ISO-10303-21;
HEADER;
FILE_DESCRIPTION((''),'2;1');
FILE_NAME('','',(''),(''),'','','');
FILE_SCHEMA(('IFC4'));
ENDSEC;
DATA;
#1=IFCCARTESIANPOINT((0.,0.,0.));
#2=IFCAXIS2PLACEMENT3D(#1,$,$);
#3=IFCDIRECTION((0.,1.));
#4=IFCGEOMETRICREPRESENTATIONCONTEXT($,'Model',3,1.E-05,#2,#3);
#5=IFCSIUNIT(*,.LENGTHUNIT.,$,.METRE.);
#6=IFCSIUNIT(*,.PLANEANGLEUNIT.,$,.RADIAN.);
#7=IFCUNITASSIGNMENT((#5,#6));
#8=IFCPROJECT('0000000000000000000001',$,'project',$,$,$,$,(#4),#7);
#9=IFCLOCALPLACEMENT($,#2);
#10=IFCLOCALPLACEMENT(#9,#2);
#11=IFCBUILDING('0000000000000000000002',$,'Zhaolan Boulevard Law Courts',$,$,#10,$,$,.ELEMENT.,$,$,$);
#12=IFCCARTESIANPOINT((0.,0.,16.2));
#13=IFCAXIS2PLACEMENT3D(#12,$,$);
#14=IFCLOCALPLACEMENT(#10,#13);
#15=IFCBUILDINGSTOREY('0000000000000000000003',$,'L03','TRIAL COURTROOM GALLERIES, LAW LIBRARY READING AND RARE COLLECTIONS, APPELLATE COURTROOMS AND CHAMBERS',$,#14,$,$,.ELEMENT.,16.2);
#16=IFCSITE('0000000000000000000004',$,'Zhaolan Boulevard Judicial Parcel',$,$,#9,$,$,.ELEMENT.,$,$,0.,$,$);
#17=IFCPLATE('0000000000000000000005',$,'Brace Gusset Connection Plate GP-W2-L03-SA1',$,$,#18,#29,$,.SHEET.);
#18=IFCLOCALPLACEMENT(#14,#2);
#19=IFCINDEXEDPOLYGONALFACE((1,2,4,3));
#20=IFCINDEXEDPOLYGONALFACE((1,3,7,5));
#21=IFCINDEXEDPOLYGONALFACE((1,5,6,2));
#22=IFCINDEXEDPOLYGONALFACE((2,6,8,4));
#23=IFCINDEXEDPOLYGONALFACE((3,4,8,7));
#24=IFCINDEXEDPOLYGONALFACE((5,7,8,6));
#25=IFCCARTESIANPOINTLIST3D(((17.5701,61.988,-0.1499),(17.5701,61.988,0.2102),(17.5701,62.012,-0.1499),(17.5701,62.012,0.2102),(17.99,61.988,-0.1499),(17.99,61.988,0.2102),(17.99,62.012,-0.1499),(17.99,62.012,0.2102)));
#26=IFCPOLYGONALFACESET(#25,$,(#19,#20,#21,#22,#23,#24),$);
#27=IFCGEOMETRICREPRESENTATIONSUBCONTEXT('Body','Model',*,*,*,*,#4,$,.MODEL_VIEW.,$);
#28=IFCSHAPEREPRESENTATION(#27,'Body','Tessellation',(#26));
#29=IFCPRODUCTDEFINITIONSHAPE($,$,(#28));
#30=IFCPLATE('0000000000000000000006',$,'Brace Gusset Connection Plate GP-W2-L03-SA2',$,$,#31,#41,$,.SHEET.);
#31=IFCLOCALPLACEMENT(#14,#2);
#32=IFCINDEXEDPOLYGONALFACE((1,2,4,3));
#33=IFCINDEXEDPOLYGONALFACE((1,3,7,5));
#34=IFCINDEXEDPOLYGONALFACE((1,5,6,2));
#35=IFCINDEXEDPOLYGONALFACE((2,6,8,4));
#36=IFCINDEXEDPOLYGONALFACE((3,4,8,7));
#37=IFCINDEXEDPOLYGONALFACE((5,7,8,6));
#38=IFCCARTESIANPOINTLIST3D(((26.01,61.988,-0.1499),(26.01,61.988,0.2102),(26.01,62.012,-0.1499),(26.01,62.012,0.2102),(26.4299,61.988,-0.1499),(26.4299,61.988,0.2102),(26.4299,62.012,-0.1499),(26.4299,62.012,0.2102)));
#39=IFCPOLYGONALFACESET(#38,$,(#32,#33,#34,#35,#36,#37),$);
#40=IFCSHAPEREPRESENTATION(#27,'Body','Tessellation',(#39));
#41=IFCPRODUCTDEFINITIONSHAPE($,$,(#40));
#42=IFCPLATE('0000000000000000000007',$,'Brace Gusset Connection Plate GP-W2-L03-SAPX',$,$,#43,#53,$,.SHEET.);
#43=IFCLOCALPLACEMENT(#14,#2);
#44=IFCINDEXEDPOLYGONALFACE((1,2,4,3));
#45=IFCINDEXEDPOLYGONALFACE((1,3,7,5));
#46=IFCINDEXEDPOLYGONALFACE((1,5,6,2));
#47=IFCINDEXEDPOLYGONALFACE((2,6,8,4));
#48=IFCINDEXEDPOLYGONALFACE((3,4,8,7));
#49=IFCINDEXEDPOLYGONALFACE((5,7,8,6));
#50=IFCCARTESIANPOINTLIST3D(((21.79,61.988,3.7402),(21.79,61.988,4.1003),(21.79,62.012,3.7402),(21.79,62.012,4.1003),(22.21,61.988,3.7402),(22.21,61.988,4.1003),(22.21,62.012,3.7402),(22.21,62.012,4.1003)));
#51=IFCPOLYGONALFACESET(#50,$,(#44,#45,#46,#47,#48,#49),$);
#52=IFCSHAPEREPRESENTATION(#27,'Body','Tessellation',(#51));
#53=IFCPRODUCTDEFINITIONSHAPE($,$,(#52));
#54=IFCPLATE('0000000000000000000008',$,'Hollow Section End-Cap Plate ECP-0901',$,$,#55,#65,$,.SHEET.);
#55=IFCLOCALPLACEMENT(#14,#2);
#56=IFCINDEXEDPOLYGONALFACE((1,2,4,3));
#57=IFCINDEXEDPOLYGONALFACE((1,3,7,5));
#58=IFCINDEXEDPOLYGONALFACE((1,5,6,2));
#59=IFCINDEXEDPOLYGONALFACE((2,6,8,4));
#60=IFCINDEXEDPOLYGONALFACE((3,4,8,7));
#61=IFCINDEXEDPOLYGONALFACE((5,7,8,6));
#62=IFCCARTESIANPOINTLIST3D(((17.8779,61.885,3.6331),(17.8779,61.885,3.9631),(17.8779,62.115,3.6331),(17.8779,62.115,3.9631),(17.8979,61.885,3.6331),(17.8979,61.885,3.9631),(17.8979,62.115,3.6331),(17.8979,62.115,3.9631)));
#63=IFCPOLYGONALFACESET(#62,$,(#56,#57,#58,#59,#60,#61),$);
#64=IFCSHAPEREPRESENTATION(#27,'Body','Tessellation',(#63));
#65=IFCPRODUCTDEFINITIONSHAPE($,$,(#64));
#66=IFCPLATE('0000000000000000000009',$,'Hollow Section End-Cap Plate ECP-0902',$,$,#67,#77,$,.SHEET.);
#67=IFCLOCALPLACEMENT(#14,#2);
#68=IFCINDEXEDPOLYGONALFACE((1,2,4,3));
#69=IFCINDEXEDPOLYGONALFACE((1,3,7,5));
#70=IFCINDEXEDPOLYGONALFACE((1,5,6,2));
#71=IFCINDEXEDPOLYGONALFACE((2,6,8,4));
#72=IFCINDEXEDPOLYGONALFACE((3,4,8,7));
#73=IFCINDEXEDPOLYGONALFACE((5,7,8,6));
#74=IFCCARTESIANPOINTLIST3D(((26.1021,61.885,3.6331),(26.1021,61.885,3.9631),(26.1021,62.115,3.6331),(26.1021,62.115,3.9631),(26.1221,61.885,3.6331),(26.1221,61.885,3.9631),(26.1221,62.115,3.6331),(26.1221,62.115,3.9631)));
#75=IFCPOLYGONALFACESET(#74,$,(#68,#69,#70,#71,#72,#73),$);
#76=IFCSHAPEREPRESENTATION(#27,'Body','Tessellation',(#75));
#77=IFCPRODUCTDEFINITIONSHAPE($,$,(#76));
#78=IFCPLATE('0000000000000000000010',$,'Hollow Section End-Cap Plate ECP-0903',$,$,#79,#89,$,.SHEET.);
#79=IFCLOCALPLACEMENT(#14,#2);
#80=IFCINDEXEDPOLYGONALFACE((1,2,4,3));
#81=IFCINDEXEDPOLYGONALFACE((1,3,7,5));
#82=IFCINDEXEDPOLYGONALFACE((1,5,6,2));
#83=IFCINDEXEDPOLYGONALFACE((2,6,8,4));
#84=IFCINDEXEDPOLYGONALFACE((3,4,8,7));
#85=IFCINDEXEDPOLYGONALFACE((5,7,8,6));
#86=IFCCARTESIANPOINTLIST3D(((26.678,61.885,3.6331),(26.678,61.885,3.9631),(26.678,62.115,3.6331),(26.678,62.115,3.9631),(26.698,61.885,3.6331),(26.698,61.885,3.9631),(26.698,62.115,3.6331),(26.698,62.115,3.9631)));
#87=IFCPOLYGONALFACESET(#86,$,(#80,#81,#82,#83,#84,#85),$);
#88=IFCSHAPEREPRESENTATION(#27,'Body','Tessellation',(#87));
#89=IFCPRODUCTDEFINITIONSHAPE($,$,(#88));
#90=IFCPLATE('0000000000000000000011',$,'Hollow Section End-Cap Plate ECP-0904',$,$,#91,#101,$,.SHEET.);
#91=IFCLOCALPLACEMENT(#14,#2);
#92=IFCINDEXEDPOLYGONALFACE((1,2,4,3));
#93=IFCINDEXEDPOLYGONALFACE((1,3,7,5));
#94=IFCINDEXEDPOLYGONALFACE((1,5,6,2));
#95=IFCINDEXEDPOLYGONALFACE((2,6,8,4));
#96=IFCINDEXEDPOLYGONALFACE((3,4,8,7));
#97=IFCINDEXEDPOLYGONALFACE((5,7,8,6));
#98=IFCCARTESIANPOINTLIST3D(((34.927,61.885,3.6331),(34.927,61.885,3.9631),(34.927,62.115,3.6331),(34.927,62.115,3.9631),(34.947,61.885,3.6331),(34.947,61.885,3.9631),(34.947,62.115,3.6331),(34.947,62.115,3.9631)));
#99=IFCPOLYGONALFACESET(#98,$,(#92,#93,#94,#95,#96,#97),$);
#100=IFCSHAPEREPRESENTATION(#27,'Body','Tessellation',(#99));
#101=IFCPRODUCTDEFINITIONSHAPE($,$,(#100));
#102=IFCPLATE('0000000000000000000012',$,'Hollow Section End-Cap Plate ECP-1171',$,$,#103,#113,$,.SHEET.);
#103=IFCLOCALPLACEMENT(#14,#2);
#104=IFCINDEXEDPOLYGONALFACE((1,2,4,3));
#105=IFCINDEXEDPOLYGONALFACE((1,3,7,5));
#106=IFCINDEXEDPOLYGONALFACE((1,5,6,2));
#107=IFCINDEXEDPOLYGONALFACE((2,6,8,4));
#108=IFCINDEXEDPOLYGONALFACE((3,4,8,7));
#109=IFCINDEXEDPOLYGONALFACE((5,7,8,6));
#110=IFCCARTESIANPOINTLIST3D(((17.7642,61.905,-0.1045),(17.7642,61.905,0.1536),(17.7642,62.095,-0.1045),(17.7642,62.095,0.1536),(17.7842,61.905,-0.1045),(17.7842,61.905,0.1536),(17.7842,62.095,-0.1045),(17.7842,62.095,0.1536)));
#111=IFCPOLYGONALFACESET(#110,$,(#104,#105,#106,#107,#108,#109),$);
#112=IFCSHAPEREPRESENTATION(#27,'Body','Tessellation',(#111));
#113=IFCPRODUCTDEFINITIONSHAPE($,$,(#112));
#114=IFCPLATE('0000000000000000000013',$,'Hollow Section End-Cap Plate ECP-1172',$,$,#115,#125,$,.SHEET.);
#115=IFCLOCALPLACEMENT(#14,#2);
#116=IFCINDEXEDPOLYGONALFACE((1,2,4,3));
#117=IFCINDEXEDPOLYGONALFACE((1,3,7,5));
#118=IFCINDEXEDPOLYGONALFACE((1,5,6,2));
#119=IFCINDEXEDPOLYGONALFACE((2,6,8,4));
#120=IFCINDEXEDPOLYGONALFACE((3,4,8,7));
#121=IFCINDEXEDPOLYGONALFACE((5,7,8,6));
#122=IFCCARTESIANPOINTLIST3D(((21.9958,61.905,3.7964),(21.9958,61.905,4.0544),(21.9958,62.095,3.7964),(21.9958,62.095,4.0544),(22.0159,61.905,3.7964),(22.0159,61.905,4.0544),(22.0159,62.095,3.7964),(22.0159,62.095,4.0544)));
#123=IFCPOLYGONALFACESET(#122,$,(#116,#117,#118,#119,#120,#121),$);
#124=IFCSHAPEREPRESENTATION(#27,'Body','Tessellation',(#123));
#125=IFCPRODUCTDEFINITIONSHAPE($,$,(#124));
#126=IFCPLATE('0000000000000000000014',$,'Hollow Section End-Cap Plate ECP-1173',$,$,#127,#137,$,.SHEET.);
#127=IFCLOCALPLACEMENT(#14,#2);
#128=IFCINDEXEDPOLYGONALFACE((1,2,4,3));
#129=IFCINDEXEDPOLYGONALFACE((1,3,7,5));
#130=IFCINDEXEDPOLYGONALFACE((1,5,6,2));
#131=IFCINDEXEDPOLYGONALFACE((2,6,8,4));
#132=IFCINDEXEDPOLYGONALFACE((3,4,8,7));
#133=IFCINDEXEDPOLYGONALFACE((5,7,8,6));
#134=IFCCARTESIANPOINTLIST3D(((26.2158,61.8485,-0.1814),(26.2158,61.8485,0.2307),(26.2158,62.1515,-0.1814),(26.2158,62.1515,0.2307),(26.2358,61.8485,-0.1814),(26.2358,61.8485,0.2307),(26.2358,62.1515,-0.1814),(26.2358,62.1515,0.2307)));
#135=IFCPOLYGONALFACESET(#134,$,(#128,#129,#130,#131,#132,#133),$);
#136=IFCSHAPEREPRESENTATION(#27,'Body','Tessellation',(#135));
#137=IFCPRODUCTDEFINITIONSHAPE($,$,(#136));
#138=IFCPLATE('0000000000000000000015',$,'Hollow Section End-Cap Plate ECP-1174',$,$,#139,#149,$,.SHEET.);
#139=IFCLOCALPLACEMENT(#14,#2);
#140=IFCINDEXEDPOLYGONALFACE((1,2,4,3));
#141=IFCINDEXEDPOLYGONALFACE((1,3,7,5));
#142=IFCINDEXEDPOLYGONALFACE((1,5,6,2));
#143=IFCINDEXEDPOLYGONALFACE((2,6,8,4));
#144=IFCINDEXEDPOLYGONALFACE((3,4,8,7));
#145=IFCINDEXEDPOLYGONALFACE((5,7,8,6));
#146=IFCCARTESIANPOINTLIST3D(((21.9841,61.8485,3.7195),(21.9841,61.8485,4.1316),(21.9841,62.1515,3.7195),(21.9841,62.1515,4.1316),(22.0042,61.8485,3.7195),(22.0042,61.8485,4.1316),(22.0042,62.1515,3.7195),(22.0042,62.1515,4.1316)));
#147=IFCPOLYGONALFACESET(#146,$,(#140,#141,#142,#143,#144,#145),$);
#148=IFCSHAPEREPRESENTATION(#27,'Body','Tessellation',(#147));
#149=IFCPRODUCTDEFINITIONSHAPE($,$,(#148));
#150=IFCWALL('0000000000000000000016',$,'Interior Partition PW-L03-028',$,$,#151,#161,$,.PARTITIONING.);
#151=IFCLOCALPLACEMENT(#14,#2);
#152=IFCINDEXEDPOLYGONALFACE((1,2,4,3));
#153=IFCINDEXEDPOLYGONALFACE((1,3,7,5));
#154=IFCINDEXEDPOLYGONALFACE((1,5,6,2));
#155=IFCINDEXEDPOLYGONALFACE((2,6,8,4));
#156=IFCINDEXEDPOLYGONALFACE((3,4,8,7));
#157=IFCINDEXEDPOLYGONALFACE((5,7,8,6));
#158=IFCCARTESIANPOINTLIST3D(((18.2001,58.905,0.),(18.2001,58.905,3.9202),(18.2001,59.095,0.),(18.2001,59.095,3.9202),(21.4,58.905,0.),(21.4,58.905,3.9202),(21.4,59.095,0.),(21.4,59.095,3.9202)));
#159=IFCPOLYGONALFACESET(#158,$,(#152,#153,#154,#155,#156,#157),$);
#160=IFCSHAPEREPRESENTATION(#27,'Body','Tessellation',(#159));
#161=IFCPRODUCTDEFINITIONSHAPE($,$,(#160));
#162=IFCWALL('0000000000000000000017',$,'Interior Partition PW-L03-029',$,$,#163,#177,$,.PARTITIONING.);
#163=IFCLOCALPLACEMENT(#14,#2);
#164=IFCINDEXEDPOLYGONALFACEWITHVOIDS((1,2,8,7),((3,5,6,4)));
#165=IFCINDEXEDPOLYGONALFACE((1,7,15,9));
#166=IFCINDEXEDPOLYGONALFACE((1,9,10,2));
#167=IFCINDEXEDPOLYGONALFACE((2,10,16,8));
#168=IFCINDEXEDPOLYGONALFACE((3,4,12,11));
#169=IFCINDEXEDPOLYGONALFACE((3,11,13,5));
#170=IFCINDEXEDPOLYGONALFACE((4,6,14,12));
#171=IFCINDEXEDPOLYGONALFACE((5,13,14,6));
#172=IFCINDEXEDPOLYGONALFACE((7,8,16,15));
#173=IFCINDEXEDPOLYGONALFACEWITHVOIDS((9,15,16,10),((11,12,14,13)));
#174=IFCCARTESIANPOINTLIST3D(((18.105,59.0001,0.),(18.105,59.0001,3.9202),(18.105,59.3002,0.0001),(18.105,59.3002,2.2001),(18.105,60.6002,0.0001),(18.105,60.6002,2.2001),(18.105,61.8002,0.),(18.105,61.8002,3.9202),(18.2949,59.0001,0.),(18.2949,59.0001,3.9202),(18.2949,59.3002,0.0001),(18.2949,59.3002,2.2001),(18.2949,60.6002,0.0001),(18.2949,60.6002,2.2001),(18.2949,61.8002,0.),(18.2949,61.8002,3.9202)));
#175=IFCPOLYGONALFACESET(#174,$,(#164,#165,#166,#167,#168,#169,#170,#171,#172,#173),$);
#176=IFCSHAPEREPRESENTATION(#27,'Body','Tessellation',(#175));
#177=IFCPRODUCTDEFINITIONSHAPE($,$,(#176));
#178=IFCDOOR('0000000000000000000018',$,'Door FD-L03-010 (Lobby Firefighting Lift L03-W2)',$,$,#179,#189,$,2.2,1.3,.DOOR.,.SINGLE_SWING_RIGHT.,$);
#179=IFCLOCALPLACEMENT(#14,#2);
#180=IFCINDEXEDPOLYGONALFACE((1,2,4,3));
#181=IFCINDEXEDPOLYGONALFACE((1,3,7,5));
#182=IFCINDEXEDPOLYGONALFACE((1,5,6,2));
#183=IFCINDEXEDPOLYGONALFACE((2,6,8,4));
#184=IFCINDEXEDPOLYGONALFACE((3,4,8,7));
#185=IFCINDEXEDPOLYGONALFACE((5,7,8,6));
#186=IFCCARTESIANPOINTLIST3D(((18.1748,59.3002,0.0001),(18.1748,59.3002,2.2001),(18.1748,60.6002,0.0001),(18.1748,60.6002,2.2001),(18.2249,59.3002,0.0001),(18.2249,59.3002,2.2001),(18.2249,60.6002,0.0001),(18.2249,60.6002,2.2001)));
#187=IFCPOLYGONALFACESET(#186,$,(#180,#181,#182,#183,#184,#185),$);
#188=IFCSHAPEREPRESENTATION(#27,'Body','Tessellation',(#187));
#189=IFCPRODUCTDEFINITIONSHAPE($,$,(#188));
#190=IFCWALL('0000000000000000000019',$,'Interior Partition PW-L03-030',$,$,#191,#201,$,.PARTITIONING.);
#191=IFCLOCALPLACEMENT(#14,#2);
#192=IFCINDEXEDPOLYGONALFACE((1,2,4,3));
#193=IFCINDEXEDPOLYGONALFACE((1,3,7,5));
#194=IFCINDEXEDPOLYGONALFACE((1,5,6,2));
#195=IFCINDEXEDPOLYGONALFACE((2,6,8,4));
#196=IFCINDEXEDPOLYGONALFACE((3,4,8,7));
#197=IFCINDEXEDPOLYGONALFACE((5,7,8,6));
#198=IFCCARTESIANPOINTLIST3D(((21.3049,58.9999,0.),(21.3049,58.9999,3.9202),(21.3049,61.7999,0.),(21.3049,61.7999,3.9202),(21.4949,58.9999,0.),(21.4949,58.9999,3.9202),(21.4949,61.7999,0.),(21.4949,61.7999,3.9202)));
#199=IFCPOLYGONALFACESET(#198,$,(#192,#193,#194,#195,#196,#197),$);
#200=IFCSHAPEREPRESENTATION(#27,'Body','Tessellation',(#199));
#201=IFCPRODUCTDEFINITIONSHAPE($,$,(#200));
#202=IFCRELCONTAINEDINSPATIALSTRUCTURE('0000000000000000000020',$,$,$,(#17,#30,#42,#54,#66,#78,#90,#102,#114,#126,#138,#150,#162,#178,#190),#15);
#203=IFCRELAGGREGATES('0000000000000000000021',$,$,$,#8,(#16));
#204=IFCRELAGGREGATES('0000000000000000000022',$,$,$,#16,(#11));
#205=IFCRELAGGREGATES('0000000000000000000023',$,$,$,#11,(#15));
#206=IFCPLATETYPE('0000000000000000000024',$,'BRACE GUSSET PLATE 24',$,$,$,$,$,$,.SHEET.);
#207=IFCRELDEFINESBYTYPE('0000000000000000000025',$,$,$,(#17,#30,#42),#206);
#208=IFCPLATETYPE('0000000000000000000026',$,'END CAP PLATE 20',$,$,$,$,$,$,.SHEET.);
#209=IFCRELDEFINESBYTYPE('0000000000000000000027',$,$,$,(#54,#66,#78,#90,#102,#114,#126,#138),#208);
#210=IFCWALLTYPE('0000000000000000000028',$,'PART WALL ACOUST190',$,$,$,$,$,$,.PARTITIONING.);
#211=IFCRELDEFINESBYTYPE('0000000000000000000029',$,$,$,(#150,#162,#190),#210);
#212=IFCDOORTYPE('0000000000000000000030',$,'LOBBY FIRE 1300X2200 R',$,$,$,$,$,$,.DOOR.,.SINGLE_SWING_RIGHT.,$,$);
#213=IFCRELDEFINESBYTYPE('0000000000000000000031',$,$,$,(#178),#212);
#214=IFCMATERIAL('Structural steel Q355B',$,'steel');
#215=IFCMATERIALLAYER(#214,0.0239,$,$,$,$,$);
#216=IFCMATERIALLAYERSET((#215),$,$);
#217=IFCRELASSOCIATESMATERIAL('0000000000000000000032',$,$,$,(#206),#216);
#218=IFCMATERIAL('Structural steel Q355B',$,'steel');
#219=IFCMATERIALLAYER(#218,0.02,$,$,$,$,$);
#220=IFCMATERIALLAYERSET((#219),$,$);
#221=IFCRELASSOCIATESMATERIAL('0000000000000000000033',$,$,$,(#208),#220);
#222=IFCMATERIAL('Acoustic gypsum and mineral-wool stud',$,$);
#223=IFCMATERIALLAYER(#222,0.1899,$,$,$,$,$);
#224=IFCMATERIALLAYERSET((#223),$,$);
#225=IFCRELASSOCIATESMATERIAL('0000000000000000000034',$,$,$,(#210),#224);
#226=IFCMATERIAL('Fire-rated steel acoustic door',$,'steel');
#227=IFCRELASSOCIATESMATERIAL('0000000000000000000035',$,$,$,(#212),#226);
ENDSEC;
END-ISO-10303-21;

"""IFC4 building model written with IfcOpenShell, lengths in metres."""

from ifc_helpers import new_model, si_unit, direction, frame, frame_2d, origin, origin_2d, place, context, subcontext, project, spatial, rectangle, extrude, material, layer, layer_set, type_object, element, fill, save


model = new_model("IFC4")

# Units and contexts
model_context = context("Model", 3, precision=1e-05, world=origin(), true_north=direction((0.0, 1.0)))
body_context = subcontext(model_context, "Body", "Model", "MODEL_VIEW")
ifc_project = project(units=[si_unit("LENGTHUNIT", "METRE"), si_unit("PLANEANGLEUNIT", "RADIAN")], contexts=[model_context])

# Site, building, storey
site_placement = place(None, origin())
site = spatial("IfcSite", under=ifc_project, at=site_placement, Name="Zhaolan Boulevard Judicial Parcel", CompositionType="ELEMENT", RefElevation=0.0)
building_placement = place(site_placement, origin())
building = spatial("IfcBuilding", under=site, at=building_placement, Name="Zhaolan Boulevard Law Courts", CompositionType="ELEMENT")
storey_placement = place(building_placement, frame((0.0, 0.0, 16.2)))
storey = spatial("IfcBuildingStorey", under=building, at=storey_placement, Name="L03", Description="TRIAL COURTROOM GALLERIES, LAW LIBRARY READING AND RARE COLLECTIONS, APPELLATE COURTROOMS AND CHAMBERS", CompositionType="ELEMENT", Elevation=16.2)

# Plates
ifc_material_1 = material(Name="Structural steel Q355B", Category="steel")
ifc_layer_1 = layer(ifc_material_1, 0.0239)
ifc_layer_set_1 = layer_set([ifc_layer_1])
plate_type_1 = type_object("IfcPlateType", Name="BRACE GUSSET PLATE 24", PredefinedType="SHEET", material=ifc_layer_set_1)
for number, where, z_axis, x_axis, name in (
    (1, (17.78, 62.0, -0.1499), (0.0, 0.0, 1.0), (1.0, 0.0, 0.0), "Brace Gusset Connection Plate GP-W2-L03-SA1"),
    (2, (26.22, 62.0, -0.1499), (0.0, 0.0, 1.0), (1.0, 0.0, 0.0), "Brace Gusset Connection Plate GP-W2-L03-SA2"),
    (3, (22.0, 62.0, 3.7402), (0.0, 0.0, 1.0), (1.0, 0.0, 0.0), "Brace Gusset Connection Plate GP-W2-L03-SAPX"),
):
    element("IfcPlate", number, at=place(storey_placement, frame(where, z_axis=z_axis, x_axis=x_axis)), inside=storey, type_object=plate_type_1, Name=name, PredefinedType="SHEET", context=body_context, shape_type="SweptSolid", body=[
        extrude(rectangle(XDim=0.4199, YDim=0.0239, at=origin_2d()), origin(), (0.0, 0.0, 1.0), 0.3601),
    ])
ifc_material_2 = material(Name="Structural steel Q355B", Category="steel")
ifc_layer_2 = layer(ifc_material_2, 0.02)
ifc_layer_set_2 = layer_set([ifc_layer_2])
plate_type_2 = type_object("IfcPlateType", Name="END CAP PLATE 20", PredefinedType="SHEET", material=ifc_layer_set_2)
for number, where, z_axis, x_axis, name in (
    (4, (17.8879, 62.0, 3.6331), (0.0, 0.0, 1.0), (1.0, 0.0, 0.0), "Hollow Section End-Cap Plate ECP-0901"),
    (5, (26.1121, 62.0, 3.6331), (0.0, 0.0, 1.0), (1.0, 0.0, 0.0), "Hollow Section End-Cap Plate ECP-0902"),
    (6, (26.688, 62.0, 3.6331), (0.0, 0.0, 1.0), (1.0, 0.0, 0.0), "Hollow Section End-Cap Plate ECP-0903"),
    (7, (34.937, 62.0, 3.6331), (0.0, 0.0, 1.0), (1.0, 0.0, 0.0), "Hollow Section End-Cap Plate ECP-0904"),
):
    element("IfcPlate", number, at=place(storey_placement, frame(where, z_axis=z_axis, x_axis=x_axis)), inside=storey, type_object=plate_type_2, Name=name, PredefinedType="SHEET", context=body_context, shape_type="SweptSolid", body=[
        extrude(rectangle(XDim=0.02, YDim=0.23, at=origin_2d()), origin(), (0.0, 0.0, 1.0), 0.3301),
    ])
for number, where, z_axis, x_axis, name in (
    (8, (17.7742, 62.0, -0.1045), (0.0, 0.0, 1.0), (1.0, 0.0, 0.0), "Hollow Section End-Cap Plate ECP-1171"),
    (9, (22.0059, 62.0, 3.7964), (0.0, 0.0, 1.0), (1.0, 0.0, 0.0), "Hollow Section End-Cap Plate ECP-1172"),
):
    element("IfcPlate", number, at=place(storey_placement, frame(where, z_axis=z_axis, x_axis=x_axis)), inside=storey, type_object=plate_type_2, Name=name, PredefinedType="SHEET", context=body_context, shape_type="SweptSolid", body=[
        extrude(rectangle(XDim=0.02, YDim=0.1899, at=origin_2d()), origin(), (0.0, 0.0, 1.0), 0.2581),
    ])
for number, where, z_axis, x_axis, name in (
    (10, (26.2258, 62.0, -0.1814), (0.0, 0.0, 1.0), (-1.0, 0.0, 0.0), "Hollow Section End-Cap Plate ECP-1173"),
    (11, (21.9941, 62.0, 3.7195), (0.0, 0.0, 1.0), (-1.0, 0.0, 0.0), "Hollow Section End-Cap Plate ECP-1174"),
):
    element("IfcPlate", number, at=place(storey_placement, frame(where, z_axis=z_axis, x_axis=x_axis)), inside=storey, type_object=plate_type_2, Name=name, PredefinedType="SHEET", context=body_context, shape_type="SweptSolid", body=[
        extrude(rectangle(XDim=0.02, YDim=0.303, at=origin_2d()), origin(), (0.0, 0.0, 1.0), 0.4121),
    ])

# Wall
ifc_material_3 = material(Name="Acoustic gypsum and mineral-wool stud")
ifc_layer_3 = layer(ifc_material_3, 0.1899)
ifc_layer_set_3 = layer_set([ifc_layer_3])
wall_type_1 = type_object("IfcWallType", Name="PART WALL ACOUST190", PredefinedType="PARTITIONING", material=ifc_layer_set_3)
wall_1_placement = place(storey_placement, frame((18.2, 59.0, 0.0), z_axis=(0.0, 0.0, 1.0), x_axis=(1.0, 0.0, 0.0)))
element("IfcWall", 12, at=wall_1_placement, inside=storey, type_object=wall_type_1, Name="Interior Partition PW-L03-028", PredefinedType="PARTITIONING", context=body_context, shape_type="SweptSolid", body=[
    extrude(rectangle(XDim=3.2, YDim=0.1899, at=frame_2d((1.6001, 0.0))), origin(), (0.0, 0.0, 1.0), 3.9202),
])

# Wall, opening, door
wall_2_placement = place(storey_placement, frame((18.2, 61.8, 0.0), z_axis=(0.0, 0.0, 1.0), x_axis=(0.0, -1.0, 0.0)))
wall_2 = element("IfcWall", 13, at=wall_2_placement, inside=storey, type_object=wall_type_1, Name="Interior Partition PW-L03-029", PredefinedType="PARTITIONING", context=body_context, shape_type="SweptSolid", body=[
    extrude(rectangle(XDim=2.8, YDim=0.1899, at=frame_2d((1.3999, 0.0))), origin(), (0.0, 0.0, 1.0), 3.9202),
])
opening_1_placement = place(wall_2_placement, frame((1.2, 0.0, 0.0)))
opening_1 = element("IfcOpeningElement", 14, at=opening_1_placement, cuts=wall_2, PredefinedType="OPENING", context=body_context, shape_type="SweptSolid", body=[
    extrude(rectangle(XDim=1.3, YDim=2.2, at=frame_2d((0.6499, 1.1001))), frame((0.0, 0.105, 0.0), z_axis=(0.0, -1.0, 0.0), x_axis=(1.0, 0.0, 0.0)), (0.0, 0.0, 1.0), 0.21),
])
ifc_material_4 = material(Name="Fire-rated steel acoustic door", Category="steel")
door_type_1 = type_object("IfcDoorType", Name="LOBBY FIRE 1300X2200 R", OperationType="SINGLE_SWING_RIGHT", PredefinedType="DOOR", material=ifc_material_4)
door_1_placement = place(opening_1_placement, origin())
door_1 = element("IfcDoor", 15, at=door_1_placement, inside=storey, type_object=door_type_1, Name="Door FD-L03-010 (Lobby Firefighting Lift L03-W2)", OperationType="SINGLE_SWING_RIGHT", OverallHeight=2.2, OverallWidth=1.3, PredefinedType="DOOR", context=body_context, shape_type="SweptSolid", body=[
    extrude(rectangle(XDim=1.3, YDim=2.2, at=frame_2d((0.6499, 1.1001))), frame((0.0, 0.0249, 0.0), z_axis=(0.0, -1.0, 0.0), x_axis=(1.0, 0.0, 0.0)), (0.0, 0.0, 1.0), 0.05),
])
fill(opening_1, door_1)

# Wall
wall_3_placement = place(storey_placement, frame((21.3999, 59.0, 0.0), z_axis=(0.0, 0.0, 1.0), x_axis=(0.0, 1.0, 0.0)))
element("IfcWall", 16, at=wall_3_placement, inside=storey, type_object=wall_type_1, Name="Interior Partition PW-L03-030", PredefinedType="PARTITIONING", context=body_context, shape_type="SweptSolid", body=[
    extrude(rectangle(XDim=2.8, YDim=0.1899, at=frame_2d((1.3999, 0.0))), origin(), (0.0, 0.0, 1.0), 3.9202),
])

save(model, "model.ifc")
